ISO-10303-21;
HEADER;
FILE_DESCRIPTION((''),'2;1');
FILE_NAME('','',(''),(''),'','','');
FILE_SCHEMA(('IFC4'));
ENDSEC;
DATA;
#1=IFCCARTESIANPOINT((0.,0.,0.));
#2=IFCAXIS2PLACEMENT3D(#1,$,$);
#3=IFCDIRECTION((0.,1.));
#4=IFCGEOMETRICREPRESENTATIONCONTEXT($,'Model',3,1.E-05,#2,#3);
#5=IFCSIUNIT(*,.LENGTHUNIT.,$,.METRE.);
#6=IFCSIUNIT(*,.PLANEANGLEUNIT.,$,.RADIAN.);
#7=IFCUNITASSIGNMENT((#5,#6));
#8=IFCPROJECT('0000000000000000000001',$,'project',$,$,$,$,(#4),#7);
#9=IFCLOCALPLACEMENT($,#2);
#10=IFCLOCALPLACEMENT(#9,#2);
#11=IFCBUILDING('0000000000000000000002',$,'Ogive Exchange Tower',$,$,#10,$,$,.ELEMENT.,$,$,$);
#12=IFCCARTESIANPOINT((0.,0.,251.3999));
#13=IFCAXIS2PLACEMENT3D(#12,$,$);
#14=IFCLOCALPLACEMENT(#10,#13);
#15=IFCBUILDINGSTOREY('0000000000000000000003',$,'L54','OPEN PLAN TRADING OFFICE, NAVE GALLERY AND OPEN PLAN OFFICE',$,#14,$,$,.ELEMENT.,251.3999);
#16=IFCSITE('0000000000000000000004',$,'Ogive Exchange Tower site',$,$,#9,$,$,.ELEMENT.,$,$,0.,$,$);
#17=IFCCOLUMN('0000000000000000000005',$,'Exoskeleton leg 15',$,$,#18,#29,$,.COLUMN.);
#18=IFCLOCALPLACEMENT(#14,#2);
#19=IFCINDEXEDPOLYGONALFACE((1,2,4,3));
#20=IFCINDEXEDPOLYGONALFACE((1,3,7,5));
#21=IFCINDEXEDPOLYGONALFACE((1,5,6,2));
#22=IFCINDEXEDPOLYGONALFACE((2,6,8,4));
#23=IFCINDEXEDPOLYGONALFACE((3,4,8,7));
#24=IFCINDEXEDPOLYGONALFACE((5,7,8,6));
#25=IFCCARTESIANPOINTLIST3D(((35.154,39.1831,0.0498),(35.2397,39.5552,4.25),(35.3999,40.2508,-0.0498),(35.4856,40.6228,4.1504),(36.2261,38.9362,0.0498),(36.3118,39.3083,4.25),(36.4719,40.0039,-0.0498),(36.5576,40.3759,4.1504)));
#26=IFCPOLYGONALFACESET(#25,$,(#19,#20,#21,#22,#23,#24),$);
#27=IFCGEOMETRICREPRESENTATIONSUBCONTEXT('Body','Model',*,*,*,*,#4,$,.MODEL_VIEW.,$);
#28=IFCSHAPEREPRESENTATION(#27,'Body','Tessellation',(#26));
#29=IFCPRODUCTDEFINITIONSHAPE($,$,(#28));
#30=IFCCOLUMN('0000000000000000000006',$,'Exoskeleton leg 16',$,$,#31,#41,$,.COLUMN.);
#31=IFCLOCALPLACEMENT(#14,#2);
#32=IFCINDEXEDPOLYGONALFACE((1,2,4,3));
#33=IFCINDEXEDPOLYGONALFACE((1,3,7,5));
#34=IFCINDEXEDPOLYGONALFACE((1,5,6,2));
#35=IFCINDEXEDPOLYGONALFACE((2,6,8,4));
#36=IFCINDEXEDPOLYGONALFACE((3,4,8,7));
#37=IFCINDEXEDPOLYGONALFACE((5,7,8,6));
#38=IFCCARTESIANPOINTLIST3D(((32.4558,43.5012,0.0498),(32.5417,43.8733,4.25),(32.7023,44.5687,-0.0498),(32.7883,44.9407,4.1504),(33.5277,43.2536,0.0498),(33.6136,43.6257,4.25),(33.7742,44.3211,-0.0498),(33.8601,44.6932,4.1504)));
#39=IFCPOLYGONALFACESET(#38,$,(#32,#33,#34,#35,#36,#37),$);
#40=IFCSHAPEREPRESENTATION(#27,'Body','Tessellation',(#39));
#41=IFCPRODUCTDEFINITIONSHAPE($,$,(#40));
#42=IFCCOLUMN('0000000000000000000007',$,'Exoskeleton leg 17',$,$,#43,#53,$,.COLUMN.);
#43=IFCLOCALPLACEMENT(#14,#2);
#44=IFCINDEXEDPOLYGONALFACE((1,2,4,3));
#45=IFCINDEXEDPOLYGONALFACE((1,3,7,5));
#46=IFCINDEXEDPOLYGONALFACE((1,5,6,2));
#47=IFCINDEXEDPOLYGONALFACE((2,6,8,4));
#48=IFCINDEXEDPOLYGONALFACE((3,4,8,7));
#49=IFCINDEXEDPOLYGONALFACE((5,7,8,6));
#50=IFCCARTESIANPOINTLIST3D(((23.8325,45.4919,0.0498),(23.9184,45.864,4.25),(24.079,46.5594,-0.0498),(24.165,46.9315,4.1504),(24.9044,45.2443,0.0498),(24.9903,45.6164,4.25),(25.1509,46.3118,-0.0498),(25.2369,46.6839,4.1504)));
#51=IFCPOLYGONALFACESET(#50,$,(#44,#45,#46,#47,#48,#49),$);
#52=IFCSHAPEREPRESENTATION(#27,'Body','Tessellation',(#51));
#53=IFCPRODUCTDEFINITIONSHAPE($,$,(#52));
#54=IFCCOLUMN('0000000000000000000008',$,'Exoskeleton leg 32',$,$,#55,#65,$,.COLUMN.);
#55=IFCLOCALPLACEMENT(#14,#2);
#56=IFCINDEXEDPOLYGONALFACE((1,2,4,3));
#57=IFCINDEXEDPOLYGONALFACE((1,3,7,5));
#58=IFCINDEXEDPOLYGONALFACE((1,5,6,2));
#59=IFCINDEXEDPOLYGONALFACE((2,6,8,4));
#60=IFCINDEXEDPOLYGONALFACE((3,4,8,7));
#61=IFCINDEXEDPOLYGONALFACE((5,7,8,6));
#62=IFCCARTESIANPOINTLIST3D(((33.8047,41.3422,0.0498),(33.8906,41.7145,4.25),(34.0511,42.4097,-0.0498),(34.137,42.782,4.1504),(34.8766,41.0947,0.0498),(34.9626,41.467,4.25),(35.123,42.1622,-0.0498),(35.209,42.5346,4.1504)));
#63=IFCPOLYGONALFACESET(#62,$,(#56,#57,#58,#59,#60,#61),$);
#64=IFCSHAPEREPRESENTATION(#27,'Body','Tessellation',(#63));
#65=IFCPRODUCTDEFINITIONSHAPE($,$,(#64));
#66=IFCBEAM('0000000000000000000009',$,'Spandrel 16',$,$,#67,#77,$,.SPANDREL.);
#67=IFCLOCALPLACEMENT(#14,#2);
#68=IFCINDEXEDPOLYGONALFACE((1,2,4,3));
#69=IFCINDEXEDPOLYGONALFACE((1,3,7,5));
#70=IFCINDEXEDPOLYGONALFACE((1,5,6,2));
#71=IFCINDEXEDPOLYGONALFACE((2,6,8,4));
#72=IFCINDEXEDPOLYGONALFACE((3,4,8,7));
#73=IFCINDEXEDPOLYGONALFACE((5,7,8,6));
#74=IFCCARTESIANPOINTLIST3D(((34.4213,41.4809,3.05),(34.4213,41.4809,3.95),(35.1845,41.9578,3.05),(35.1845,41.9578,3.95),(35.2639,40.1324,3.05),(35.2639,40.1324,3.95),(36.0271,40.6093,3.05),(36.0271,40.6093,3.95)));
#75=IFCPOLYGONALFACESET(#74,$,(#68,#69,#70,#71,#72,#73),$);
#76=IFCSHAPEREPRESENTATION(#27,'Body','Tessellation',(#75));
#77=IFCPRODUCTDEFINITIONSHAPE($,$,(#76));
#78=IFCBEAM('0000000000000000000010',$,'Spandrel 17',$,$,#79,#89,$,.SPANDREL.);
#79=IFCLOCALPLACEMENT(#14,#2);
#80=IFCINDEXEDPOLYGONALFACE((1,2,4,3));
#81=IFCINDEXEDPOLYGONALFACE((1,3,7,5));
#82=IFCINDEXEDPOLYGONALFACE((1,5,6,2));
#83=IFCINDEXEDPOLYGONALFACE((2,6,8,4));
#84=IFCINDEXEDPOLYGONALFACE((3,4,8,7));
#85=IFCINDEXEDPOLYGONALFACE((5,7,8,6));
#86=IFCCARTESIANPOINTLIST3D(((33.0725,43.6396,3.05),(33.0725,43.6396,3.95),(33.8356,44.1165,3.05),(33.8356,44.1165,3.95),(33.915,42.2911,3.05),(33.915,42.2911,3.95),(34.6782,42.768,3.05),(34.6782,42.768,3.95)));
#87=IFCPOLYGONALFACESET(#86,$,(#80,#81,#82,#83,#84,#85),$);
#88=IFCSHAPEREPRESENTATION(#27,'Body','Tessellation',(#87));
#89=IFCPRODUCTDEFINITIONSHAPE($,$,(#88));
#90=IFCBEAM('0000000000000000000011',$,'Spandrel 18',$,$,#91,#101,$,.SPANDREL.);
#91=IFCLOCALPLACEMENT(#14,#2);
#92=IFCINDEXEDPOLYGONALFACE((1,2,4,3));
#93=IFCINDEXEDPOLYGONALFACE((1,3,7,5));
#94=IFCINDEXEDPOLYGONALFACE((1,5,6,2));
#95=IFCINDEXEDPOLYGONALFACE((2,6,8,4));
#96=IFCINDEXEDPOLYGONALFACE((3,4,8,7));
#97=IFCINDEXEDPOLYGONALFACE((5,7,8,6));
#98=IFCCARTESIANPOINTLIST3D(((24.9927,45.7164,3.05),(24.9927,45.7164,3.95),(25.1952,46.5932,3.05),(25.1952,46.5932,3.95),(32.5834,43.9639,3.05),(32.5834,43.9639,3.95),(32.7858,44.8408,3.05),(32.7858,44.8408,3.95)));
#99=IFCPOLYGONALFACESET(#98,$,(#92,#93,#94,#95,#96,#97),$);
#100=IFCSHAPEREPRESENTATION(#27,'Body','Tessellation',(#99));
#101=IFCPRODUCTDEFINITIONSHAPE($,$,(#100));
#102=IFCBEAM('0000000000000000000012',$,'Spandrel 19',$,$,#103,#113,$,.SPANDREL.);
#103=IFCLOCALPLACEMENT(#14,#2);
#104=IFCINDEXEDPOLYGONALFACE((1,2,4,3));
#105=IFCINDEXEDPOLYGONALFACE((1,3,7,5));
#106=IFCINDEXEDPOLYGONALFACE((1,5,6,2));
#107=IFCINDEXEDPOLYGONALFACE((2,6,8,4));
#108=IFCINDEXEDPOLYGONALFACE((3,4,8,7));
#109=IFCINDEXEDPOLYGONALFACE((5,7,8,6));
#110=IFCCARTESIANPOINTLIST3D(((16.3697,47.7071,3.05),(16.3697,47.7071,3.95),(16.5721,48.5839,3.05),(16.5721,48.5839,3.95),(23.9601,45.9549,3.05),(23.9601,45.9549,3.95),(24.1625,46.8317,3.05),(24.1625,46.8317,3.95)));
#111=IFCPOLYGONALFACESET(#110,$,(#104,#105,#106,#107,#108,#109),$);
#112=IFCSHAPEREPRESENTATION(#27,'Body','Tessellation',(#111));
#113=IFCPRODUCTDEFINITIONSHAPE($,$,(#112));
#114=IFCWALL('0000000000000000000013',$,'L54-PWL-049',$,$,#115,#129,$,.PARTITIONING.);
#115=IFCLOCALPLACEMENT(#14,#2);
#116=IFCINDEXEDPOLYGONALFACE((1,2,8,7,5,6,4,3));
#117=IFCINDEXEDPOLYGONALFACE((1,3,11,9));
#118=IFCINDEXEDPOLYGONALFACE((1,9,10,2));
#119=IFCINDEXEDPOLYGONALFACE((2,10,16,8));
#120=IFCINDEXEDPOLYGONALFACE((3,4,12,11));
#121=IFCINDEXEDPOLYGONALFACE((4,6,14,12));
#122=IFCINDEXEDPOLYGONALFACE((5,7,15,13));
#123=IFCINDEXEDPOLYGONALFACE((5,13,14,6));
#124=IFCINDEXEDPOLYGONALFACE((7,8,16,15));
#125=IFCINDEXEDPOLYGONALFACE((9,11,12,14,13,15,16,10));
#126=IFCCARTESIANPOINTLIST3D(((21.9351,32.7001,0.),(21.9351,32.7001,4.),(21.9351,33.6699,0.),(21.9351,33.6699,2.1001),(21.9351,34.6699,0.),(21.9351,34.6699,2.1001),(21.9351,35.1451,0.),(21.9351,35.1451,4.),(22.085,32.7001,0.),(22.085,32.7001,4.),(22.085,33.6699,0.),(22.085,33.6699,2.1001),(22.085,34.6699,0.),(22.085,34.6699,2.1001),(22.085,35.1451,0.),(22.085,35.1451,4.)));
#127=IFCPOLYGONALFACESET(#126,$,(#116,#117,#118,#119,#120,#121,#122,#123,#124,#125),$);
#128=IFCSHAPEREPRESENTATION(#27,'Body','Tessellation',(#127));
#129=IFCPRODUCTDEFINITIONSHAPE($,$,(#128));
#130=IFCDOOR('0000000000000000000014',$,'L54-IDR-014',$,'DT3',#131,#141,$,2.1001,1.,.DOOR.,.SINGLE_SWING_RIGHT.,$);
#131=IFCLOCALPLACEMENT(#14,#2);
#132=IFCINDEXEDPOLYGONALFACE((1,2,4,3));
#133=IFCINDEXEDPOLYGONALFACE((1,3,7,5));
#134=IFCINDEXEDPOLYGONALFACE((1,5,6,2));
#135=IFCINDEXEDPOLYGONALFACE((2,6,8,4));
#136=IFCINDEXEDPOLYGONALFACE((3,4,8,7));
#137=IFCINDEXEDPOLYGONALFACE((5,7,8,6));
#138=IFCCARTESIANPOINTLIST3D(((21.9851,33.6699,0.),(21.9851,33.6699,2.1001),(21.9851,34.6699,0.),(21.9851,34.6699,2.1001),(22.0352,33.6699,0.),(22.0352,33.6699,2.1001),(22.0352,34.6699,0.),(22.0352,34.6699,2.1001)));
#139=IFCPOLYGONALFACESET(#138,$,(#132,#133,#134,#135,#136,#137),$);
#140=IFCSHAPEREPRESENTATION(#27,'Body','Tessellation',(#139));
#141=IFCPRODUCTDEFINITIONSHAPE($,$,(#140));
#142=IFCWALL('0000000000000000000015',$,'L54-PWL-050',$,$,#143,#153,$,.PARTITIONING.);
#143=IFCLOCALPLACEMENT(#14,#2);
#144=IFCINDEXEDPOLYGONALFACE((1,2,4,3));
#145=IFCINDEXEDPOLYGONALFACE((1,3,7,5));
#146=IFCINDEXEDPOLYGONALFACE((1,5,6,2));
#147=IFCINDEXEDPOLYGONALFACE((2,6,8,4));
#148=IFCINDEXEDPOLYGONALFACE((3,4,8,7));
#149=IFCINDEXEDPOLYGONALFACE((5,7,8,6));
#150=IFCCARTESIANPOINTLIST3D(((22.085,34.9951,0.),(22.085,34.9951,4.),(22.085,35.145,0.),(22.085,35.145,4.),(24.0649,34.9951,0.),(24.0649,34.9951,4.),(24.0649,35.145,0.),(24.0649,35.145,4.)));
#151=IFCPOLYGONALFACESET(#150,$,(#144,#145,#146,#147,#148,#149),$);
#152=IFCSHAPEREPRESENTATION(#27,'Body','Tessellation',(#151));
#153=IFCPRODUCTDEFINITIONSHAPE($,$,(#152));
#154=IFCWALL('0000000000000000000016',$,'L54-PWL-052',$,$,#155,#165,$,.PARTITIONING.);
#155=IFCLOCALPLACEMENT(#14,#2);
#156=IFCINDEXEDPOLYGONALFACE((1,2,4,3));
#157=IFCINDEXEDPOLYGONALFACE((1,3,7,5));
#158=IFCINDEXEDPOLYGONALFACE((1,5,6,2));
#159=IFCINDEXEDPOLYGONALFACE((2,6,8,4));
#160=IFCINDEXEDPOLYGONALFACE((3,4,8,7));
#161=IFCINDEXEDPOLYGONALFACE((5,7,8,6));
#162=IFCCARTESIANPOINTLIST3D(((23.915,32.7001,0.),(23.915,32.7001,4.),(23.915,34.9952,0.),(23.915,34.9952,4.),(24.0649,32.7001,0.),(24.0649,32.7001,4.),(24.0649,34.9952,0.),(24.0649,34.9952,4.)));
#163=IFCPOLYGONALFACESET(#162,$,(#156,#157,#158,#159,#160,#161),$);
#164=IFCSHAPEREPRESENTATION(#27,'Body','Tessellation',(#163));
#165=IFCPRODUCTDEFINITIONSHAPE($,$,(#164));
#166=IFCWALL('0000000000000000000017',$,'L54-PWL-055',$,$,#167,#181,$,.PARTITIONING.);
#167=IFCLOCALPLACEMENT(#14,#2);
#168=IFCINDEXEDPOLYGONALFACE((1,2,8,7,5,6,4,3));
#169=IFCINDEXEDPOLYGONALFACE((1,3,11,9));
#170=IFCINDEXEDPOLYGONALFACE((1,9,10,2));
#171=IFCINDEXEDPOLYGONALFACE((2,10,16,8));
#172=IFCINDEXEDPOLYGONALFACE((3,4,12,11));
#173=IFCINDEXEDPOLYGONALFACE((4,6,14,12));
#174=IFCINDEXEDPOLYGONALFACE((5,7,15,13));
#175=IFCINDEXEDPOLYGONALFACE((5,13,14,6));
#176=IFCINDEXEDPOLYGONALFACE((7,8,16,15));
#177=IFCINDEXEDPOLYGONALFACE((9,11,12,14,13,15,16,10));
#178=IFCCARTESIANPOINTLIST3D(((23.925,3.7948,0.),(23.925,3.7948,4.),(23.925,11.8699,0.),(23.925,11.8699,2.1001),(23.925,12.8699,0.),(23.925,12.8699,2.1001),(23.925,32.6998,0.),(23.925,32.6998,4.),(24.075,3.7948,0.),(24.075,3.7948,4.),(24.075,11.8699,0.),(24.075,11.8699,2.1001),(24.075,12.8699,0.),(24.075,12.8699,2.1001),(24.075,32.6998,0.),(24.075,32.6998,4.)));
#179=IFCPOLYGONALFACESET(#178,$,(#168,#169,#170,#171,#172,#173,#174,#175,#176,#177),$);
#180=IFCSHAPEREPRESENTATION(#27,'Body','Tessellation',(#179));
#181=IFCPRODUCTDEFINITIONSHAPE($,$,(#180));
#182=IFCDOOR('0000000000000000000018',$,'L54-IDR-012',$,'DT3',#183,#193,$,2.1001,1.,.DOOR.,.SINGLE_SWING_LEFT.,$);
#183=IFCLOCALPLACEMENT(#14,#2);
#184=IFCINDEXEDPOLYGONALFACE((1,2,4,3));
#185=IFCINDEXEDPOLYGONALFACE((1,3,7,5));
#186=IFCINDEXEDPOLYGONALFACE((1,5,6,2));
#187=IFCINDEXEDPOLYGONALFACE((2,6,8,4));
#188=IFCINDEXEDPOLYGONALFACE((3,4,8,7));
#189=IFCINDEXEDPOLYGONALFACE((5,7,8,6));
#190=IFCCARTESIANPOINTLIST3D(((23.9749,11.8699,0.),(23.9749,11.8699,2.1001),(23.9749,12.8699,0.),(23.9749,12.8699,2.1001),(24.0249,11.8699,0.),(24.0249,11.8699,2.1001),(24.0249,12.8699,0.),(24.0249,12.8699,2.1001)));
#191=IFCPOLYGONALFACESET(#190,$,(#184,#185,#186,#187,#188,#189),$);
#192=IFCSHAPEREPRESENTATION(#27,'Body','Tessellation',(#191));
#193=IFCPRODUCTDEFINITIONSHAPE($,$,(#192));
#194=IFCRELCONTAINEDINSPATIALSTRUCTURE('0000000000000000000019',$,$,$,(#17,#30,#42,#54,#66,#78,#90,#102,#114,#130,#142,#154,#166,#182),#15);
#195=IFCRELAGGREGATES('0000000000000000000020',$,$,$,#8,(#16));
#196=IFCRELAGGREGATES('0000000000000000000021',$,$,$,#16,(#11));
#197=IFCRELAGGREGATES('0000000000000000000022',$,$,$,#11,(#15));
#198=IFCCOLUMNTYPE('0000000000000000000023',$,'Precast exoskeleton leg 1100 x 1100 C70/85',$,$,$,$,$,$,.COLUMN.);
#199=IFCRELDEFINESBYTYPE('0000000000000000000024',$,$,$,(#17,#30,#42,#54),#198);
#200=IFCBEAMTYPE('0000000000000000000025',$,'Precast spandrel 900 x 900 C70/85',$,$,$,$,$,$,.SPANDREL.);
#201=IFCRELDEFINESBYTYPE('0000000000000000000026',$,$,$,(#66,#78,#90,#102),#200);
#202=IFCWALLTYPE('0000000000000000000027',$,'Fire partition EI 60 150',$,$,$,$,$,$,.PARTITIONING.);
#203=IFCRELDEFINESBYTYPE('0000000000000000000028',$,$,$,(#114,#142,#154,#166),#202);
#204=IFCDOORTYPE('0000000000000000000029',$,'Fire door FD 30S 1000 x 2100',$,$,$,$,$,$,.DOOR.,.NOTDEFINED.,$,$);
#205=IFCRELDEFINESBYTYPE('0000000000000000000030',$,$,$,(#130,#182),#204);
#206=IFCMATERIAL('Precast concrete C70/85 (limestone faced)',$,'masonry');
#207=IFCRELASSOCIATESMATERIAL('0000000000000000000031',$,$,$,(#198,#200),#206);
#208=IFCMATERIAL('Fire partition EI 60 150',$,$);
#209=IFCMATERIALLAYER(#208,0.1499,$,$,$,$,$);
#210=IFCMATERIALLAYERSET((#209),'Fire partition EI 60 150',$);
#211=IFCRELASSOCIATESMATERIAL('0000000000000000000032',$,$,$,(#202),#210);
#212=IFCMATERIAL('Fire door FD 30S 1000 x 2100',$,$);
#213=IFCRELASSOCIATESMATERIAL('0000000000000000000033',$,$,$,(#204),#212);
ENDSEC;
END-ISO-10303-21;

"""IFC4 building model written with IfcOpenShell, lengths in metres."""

from ifc_helpers import new_model, si_unit, direction, frame, frame_2d, origin, origin_2d, place, context, subcontext, project, spatial, rectangle, extrude, material, layer, layer_set, material_profile, profile_set, type_object, element, fill, save


model = new_model("IFC4")

# Units and contexts
model_context = context("Model", 3, precision=1e-05, world=origin(), true_north=direction((0.0, 1.0)))
body_context = subcontext(model_context, "Body", "Model", "MODEL_VIEW")
ifc_project = project(units=[si_unit("LENGTHUNIT", "METRE"), si_unit("PLANEANGLEUNIT", "RADIAN")], contexts=[model_context])

# Site, building, storey
site_placement = place(None, origin())
site = spatial("IfcSite", under=ifc_project, at=site_placement, Name="Ogive Exchange Tower site", CompositionType="ELEMENT", RefElevation=0.0)
building_placement = place(site_placement, origin())
building = spatial("IfcBuilding", under=site, at=building_placement, Name="Ogive Exchange Tower", CompositionType="ELEMENT")
storey_placement = place(building_placement, frame((0.0, 0.0, 251.3999)))
storey = spatial("IfcBuildingStorey", under=building, at=storey_placement, Name="L54", Description="OPEN PLAN TRADING OFFICE, NAVE GALLERY AND OPEN PLAN OFFICE", CompositionType="ELEMENT", Elevation=251.3999)

# Columns
ifc_material_1 = material(Name="Precast concrete C70/85 (limestone faced)", Category="masonry")
ifc_material_profile_1 = material_profile(ifc_material_1, rectangle(XDim=1.1001, YDim=1.1001, at=origin_2d()), Name="1100 x 1100")
ifc_profile_set_1 = profile_set([ifc_material_profile_1], Name="Precast concrete C70/85 (limestone faced)")
column_type = type_object("IfcColumnType", Name="Precast exoskeleton leg 1100 x 1100 C70/85", PredefinedType="COLUMN", material=ifc_profile_set_1)
for number, where, z_axis, x_axis, name in (
    (1, (35.813, 39.5935, 0.0), (0.020318, 0.08822, 0.995894), (-0.974488, 0.224439, 0.0), "Exoskeleton leg 15"),
    (2, (33.115, 43.9111, 0.0), (0.020376, 0.08822, 0.995893), (-0.974348, 0.225046, 0.0), "Exoskeleton leg 16"),
    (3, (24.4917, 45.9019, 0.0), (0.020376, 0.08822, 0.995893), (-0.974348, 0.225046, 0.0), "Exoskeleton leg 17"),
    (4, (34.4639, 41.7522, 0.0), (0.020376, 0.088278, 0.995887), (-0.97438, 0.224906, 0.0), "Exoskeleton leg 32"),
):
    element("IfcColumn", number, at=place(storey_placement, frame(where, z_axis=z_axis, x_axis=x_axis)), inside=storey, type_object=column_type, Name=name, PredefinedType="COLUMN", context=body_context, shape_type="SweptSolid", body=[
        extrude(rectangle(XDim=1.1001, YDim=1.1001, at=origin_2d()), origin(), (0.0, 0.0, 1.0), 4.2175),
    ])

# Beams
ifc_material_profile_2 = material_profile(ifc_material_1, rectangle(XDim=0.8999, YDim=0.8999, at=origin_2d()), Name="900 x 900")
ifc_profile_set_2 = profile_set([ifc_material_profile_2], Name="Precast concrete C70/85 (limestone faced)")
beam_type = type_object("IfcBeamType", Name="Precast spandrel 900 x 900 C70/85", PredefinedType="SPANDREL", material=ifc_profile_set_2)
for number, where, z_axis, x_axis, name in (
    (5, (35.6455, 40.3708, 3.5), (-0.529902, 0.848059, 0.0), (-0.848059, -0.529902, 0.0), "Spandrel 16"),
    (6, (34.2966, 42.5295, 3.5), (-0.529902, 0.848059, 0.0), (-0.848059, -0.529902, 0.0), "Spandrel 17"),
):
    element("IfcBeam", number, at=place(storey_placement, frame(where, z_axis=z_axis, x_axis=x_axis)), inside=storey, type_object=beam_type, Name=name, PredefinedType="SPANDREL", context=body_context, shape_type="SweptSolid", body=[
        extrude(rectangle(XDim=0.8999, YDim=0.8999, at=origin_2d()), origin(), (0.0, 0.0, 1.0), 1.5901),
    ])
beam_1_placement = place(storey_placement, frame((32.6846, 44.4023, 3.5), z_axis=(-0.97437, 0.224953, 0.0), x_axis=(-0.224953, -0.97437, 0.0)))
element("IfcBeam", 7, at=beam_1_placement, inside=storey, type_object=beam_type, Name="Spandrel 18", PredefinedType="SPANDREL", context=body_context, shape_type="SweptSolid", body=[
    extrude(rectangle(XDim=0.8999, YDim=0.8999, at=origin_2d()), origin(), (0.0, 0.0, 1.0), 7.7903),
])
beam_2_placement = place(storey_placement, frame((24.0613, 46.3933, 3.5), z_axis=(-0.974375, 0.22493, 0.0), x_axis=(-0.22493, -0.974375, 0.0)))
element("IfcBeam", 8, at=beam_2_placement, inside=storey, type_object=beam_type, Name="Spandrel 19", PredefinedType="SPANDREL", context=body_context, shape_type="SweptSolid", body=[
    extrude(rectangle(XDim=0.8999, YDim=0.8999, at=origin_2d()), origin(), (0.0, 0.0, 1.0), 7.79),
])

# Wall, opening, door
ifc_material_2 = material(Name="Fire partition EI 60 150")
ifc_layer_1 = layer(ifc_material_2, 0.1499)
ifc_layer_set_1 = layer_set([ifc_layer_1], Name="Fire partition EI 60 150")
wall_type_1 = type_object("IfcWallType", Name="Fire partition EI 60 150", PredefinedType="PARTITIONING", material=ifc_layer_set_1)
wall_1_placement = place(storey_placement, frame((22.01, 32.7, 0.0), z_axis=(0.0, 0.0, 1.0), x_axis=(0.0, 1.0, 0.0)))
wall_1 = element("IfcWall", 9, at=wall_1_placement, inside=storey, type_object=wall_type_1, Name="L54-PWL-049", PredefinedType="PARTITIONING", context=body_context, shape_type="SweptSolid", body=[
    extrude(rectangle(XDim=2.4451, YDim=0.1499, at=frame_2d((1.2227, 0.0))), origin(), (0.0, 0.0, 1.0), 4.0),
])
opening_1_placement = place(wall_1_placement, frame((0.97, 0.0, 0.0)))
opening_1 = element("IfcOpeningElement", 10, at=opening_1_placement, cuts=wall_1, PredefinedType="OPENING", context=body_context, shape_type="SweptSolid", body=[
    extrude(rectangle(XDim=1.0, YDim=2.1001, at=frame_2d((0.5, 1.05))), frame((0.0, 0.085, 0.0), z_axis=(0.0, -1.0, 0.0), x_axis=(1.0, 0.0, 0.0)), (0.0, 0.0, 1.0), 0.1699),
])
ifc_material_3 = material(Name="Fire door FD 30S 1000 x 2100")
door_type_1 = type_object("IfcDoorType", Name="Fire door FD 30S 1000 x 2100", OperationType="NOTDEFINED", PredefinedType="DOOR", material=ifc_material_3)
door_1_placement = place(opening_1_placement, origin())
door_1 = element("IfcDoor", 11, at=door_1_placement, inside=storey, type_object=door_type_1, Name="L54-IDR-014", ObjectType="DT3", OperationType="SINGLE_SWING_RIGHT", OverallHeight=2.1001, OverallWidth=1.0, PredefinedType="DOOR", context=body_context, shape_type="SweptSolid", body=[
    extrude(rectangle(XDim=1.0, YDim=2.1001, at=frame_2d((0.5, 1.05))), frame((0.0, 0.0249, 0.0), z_axis=(0.0, -1.0, 0.0), x_axis=(1.0, 0.0, 0.0)), (0.0, 0.0, 1.0), 0.05),
])
fill(opening_1, door_1)

# Walls
wall_2_placement = place(storey_placement, frame((22.085, 35.0701, 0.0), z_axis=(0.0, 0.0, 1.0), x_axis=(1.0, 0.0, 0.0)))
element("IfcWall", 12, at=wall_2_placement, inside=storey, type_object=wall_type_1, Name="L54-PWL-050", PredefinedType="PARTITIONING", context=body_context, shape_type="SweptSolid", body=[
    extrude(rectangle(XDim=1.98, YDim=0.1499, at=frame_2d((0.99, 0.0))), origin(), (0.0, 0.0, 1.0), 4.0),
])
wall_3_placement = place(storey_placement, frame((23.99, 34.9951, 0.0), z_axis=(0.0, 0.0, 1.0), x_axis=(0.0, -1.0, 0.0)))
element("IfcWall", 13, at=wall_3_placement, inside=storey, type_object=wall_type_1, Name="L54-PWL-052", PredefinedType="PARTITIONING", context=body_context, shape_type="SweptSolid", body=[
    extrude(rectangle(XDim=2.2952, YDim=0.1499, at=frame_2d((1.1475, 0.0))), origin(), (0.0, 0.0, 1.0), 4.0),
])

# Wall, opening, door
wall_4_placement = place(storey_placement, frame((24.0, 32.7, 0.0), z_axis=(0.0, 0.0, 1.0), x_axis=(0.0, -1.0, 0.0)))
wall_4 = element("IfcWall", 14, at=wall_4_placement, inside=storey, type_object=wall_type_1, Name="L54-PWL-055", PredefinedType="PARTITIONING", context=body_context, shape_type="SweptSolid", body=[
    extrude(rectangle(XDim=28.905, YDim=0.1499, at=frame_2d((14.4526, 0.0))), origin(), (0.0, 0.0, 1.0), 4.0),
])
opening_2_placement = place(wall_4_placement, frame((19.8301, 0.0, 0.0)))
opening_2 = element("IfcOpeningElement", 15, at=opening_2_placement, cuts=wall_4, PredefinedType="OPENING", context=body_context, shape_type="SweptSolid", body=[
    extrude(rectangle(XDim=1.0, YDim=2.1001, at=frame_2d((0.5, 1.05))), frame((0.0, 0.085, 0.0), z_axis=(0.0, -1.0, 0.0), x_axis=(1.0, 0.0, 0.0)), (0.0, 0.0, 1.0), 0.1699),
])
door_2_placement = place(opening_2_placement, origin())
door_2 = element("IfcDoor", 16, at=door_2_placement, inside=storey, type_object=door_type_1, Name="L54-IDR-012", ObjectType="DT3", OperationType="SINGLE_SWING_LEFT", OverallHeight=2.1001, OverallWidth=1.0, PredefinedType="DOOR", context=body_context, shape_type="SweptSolid", body=[
    extrude(rectangle(XDim=1.0, YDim=2.1001, at=frame_2d((0.5, 1.05))), frame((0.0, 0.0249, 0.0), z_axis=(0.0, -1.0, 0.0), x_axis=(1.0, 0.0, 0.0)), (0.0, 0.0, 1.0), 0.05),
])
fill(opening_2, door_2)

save(model, "model.ifc")
